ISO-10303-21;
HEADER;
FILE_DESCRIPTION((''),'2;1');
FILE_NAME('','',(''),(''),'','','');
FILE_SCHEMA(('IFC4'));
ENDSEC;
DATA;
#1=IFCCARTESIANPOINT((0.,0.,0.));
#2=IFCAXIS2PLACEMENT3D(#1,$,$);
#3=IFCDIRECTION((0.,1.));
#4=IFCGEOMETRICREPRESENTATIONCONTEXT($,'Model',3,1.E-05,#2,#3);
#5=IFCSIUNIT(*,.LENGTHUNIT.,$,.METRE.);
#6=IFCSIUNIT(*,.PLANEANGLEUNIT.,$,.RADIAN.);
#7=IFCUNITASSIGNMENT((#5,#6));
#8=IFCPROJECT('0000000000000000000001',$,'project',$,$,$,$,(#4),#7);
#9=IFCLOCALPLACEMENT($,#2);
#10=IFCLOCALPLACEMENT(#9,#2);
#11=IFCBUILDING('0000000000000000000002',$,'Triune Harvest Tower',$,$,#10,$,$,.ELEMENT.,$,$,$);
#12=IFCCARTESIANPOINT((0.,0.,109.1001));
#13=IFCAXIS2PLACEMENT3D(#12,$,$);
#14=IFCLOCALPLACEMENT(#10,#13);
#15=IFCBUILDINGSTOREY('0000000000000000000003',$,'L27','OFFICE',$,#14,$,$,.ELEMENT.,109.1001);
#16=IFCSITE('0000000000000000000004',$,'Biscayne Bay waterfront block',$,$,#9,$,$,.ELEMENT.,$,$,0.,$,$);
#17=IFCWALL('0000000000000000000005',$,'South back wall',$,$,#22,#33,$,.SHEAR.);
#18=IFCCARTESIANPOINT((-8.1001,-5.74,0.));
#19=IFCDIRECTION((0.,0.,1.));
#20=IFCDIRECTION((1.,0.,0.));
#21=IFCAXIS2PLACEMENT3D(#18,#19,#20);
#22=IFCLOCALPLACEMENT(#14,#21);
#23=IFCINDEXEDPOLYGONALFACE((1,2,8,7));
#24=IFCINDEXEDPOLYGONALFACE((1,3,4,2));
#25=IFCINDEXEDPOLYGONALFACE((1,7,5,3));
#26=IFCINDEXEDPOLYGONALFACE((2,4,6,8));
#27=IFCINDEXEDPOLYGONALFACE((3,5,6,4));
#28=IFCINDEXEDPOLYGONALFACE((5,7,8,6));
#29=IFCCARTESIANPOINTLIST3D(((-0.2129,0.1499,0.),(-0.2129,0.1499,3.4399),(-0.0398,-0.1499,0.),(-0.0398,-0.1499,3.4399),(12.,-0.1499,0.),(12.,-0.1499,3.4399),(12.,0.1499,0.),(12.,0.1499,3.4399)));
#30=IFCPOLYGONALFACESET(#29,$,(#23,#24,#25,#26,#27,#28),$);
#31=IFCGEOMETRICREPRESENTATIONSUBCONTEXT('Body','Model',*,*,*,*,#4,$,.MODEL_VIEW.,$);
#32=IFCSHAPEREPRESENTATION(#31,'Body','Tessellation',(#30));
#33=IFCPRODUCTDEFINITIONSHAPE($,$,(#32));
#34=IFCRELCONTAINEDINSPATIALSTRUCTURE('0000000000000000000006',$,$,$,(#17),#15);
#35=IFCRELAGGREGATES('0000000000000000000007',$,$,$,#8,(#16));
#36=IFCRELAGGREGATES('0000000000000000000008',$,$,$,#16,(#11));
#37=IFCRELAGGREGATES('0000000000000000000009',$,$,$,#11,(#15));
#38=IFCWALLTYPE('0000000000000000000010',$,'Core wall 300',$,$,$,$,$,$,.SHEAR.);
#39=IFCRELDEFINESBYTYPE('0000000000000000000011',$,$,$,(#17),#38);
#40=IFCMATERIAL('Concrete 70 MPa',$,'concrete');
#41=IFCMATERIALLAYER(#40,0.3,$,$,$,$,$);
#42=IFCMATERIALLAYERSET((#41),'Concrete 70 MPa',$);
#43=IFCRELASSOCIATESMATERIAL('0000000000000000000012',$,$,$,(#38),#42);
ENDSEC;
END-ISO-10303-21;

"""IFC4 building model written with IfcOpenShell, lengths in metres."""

from ifc_helpers import new_model, si_unit, direction, frame, origin, place, context, subcontext, project, spatial, polyline, outline, extrude, source, transform, mapped, material, layer, layer_set, type_object, element, save


model = new_model("IFC4")

# Units and contexts
model_context = context("Model", 3, precision=1e-05, world=origin(), true_north=direction((0.0, 1.0)))
body_context = subcontext(model_context, "Body", "Model", "MODEL_VIEW")
ifc_project = project(units=[si_unit("LENGTHUNIT", "METRE"), si_unit("PLANEANGLEUNIT", "RADIAN")], contexts=[model_context])

# Site, building, storey
site_placement = place(None, origin())
site = spatial("IfcSite", under=ifc_project, at=site_placement, Name="Biscayne Bay waterfront block", CompositionType="ELEMENT", RefElevation=0.0)
building_placement = place(site_placement, origin())
building = spatial("IfcBuilding", under=site, at=building_placement, Name="Triune Harvest Tower", CompositionType="ELEMENT")
storey_placement = place(building_placement, frame((0.0, 0.0, 109.1001)))
storey = spatial("IfcBuildingStorey", under=building, at=storey_placement, Name="L27", Description="OFFICE", CompositionType="ELEMENT", Elevation=109.1001)

# Shared definitions
ifc_material_1 = material(Name="Concrete 70 MPa", Category="concrete")
ifc_layer_1 = layer(ifc_material_1, 0.3)
ifc_layer_set_1 = layer_set([ifc_layer_1], Name="Concrete 70 MPa")
wall_type_1 = type_object("IfcWallType", Name="Core wall 300", PredefinedType="SHEAR", material=ifc_layer_set_1)

# Wall
shared_shape_1 = source(origin(), body_context, "Body", "SweptSolid", [
    extrude(outline(polyline([(12.0, -0.1499), (-0.0398, -0.1499), (-0.2129, 0.1499), (12.0, 0.1499), (12.0, -0.1499)])), origin(), (0.0, 0.0, 1.0), 3.4399),
])
wall_1_placement = place(storey_placement, frame((-8.1001, -5.74, 0.0), z_axis=(0.0, 0.0, 1.0), x_axis=(1.0, 0.0, 0.0)))
element("IfcWall", 1, at=wall_1_placement, inside=storey, type_object=wall_type_1, Name="South back wall", PredefinedType="SHEAR", context=body_context, shape_type="MappedRepresentation", body=[
    mapped(shared_shape_1, transform((0.0, 0.0, 0.0), scale=1.0)),
])

save(model, "model.ifc")
